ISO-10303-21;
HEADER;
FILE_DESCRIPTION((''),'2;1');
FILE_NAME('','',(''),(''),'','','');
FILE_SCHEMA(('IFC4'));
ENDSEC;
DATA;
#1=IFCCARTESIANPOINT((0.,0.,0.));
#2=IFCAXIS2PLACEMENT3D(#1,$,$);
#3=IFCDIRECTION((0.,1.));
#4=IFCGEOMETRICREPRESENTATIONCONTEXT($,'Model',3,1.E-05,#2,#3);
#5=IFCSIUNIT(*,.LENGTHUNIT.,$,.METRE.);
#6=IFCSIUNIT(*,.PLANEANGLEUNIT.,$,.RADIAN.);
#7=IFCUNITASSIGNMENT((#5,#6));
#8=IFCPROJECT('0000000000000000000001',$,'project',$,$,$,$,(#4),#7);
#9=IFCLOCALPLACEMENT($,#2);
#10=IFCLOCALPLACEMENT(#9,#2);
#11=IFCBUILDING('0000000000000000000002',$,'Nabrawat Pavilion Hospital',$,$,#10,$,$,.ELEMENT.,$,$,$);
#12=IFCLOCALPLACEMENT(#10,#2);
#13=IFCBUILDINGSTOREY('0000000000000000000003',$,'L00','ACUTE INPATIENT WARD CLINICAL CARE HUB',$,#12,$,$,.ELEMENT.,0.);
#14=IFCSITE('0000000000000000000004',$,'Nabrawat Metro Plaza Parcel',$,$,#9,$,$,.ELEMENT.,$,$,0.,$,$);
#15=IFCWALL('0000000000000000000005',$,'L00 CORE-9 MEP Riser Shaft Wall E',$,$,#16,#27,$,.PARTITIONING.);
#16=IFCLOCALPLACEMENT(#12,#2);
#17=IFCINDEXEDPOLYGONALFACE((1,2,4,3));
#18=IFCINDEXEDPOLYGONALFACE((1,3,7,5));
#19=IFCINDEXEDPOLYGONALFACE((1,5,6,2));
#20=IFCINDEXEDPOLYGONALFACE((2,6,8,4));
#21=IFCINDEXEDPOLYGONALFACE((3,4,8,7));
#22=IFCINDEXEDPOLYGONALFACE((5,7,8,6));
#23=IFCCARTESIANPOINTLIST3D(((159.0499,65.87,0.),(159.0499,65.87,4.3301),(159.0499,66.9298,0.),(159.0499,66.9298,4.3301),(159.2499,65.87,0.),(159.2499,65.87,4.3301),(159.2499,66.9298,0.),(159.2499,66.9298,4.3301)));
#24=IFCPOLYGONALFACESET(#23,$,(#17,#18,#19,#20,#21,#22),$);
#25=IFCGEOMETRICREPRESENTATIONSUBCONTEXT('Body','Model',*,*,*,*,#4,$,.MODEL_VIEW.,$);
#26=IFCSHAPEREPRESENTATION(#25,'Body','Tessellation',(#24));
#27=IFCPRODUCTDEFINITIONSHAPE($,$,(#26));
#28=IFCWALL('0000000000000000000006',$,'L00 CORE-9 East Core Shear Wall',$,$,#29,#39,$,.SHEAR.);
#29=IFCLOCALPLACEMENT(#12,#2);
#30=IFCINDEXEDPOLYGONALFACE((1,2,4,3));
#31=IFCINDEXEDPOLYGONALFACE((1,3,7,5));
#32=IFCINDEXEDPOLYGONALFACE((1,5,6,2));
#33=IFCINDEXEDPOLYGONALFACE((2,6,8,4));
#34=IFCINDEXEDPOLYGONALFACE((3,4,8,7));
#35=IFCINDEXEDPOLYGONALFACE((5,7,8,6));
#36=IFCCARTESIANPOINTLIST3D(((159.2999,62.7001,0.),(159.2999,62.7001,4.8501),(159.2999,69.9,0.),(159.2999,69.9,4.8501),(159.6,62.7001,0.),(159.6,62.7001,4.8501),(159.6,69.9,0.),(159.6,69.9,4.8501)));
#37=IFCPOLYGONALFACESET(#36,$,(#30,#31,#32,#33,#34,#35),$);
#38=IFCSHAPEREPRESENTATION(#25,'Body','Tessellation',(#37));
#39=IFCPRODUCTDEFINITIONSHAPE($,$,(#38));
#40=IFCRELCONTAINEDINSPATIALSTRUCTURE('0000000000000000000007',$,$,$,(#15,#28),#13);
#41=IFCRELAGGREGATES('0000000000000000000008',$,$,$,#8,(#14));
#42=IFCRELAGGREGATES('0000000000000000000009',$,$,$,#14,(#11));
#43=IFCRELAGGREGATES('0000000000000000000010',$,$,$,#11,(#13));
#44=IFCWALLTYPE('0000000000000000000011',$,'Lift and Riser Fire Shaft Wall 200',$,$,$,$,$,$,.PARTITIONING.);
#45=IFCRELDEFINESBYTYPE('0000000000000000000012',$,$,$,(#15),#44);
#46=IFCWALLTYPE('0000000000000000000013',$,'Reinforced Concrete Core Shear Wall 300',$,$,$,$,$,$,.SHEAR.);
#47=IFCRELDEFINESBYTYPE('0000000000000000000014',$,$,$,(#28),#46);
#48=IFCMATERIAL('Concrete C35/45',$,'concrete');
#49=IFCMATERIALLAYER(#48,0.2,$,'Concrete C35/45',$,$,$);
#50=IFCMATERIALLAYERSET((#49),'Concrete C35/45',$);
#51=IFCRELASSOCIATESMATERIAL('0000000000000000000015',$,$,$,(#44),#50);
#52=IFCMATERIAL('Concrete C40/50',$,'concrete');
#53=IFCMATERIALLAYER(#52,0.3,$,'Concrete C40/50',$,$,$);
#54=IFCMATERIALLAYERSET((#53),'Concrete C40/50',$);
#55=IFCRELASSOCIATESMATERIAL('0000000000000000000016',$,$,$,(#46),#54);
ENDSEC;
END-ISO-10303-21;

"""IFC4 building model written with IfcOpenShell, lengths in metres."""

from ifc_helpers import new_model, si_unit, direction, frame, frame_2d, origin, place, context, subcontext, project, spatial, rectangle, extrude, material, layer, layer_set, type_object, element, save


model = new_model("IFC4")

# Units and contexts
model_context = context("Model", 3, precision=1e-05, world=origin(), true_north=direction((0.0, 1.0)))
body_context = subcontext(model_context, "Body", "Model", "MODEL_VIEW")
ifc_project = project(units=[si_unit("LENGTHUNIT", "METRE"), si_unit("PLANEANGLEUNIT", "RADIAN")], contexts=[model_context])

# Site, building, storey
site_placement = place(None, origin())
site = spatial("IfcSite", under=ifc_project, at=site_placement, Name="Nabrawat Metro Plaza Parcel", CompositionType="ELEMENT", RefElevation=0.0)
building_placement = place(site_placement, origin())
building = spatial("IfcBuilding", under=site, at=building_placement, Name="Nabrawat Pavilion Hospital", CompositionType="ELEMENT")
storey_placement = place(building_placement, origin())
storey = spatial("IfcBuildingStorey", under=building, at=storey_placement, Name="L00", Description="ACUTE INPATIENT WARD CLINICAL CARE HUB", CompositionType="ELEMENT", Elevation=0.0)

# Shared definitions
ifc_material_1 = material(Name="Concrete C40/50", Category="concrete")

# Walls
ifc_material_2 = material(Name="Concrete C35/45", Category="concrete")
ifc_layer_1 = layer(ifc_material_2, 0.2, Name="Concrete C35/45")
ifc_layer_set_1 = layer_set([ifc_layer_1], Name="Concrete C35/45")
wall_type_1 = type_object("IfcWallType", Name="Lift and Riser Fire Shaft Wall 200", PredefinedType="PARTITIONING", material=ifc_layer_set_1)
for number, where, z_axis, x_axis, name in (
    (1, (159.1499, 65.8701, 0.0), (0.0, 0.0, 1.0), (0.0, 1.0, 0.0), "L00 CORE-9 MEP Riser Shaft Wall E"),
):
    element("IfcWall", number, at=place(storey_placement, frame(where, z_axis=z_axis, x_axis=x_axis)), inside=storey, type_object=wall_type_1, Name=name, PredefinedType="PARTITIONING", context=body_context, shape_type="SweptSolid", body=[
        extrude(rectangle(XDim=1.0598, YDim=0.2, at=frame_2d((0.5298, 0.0))), origin(), (0.0, 0.0, 1.0), 4.3301),
    ])
ifc_layer_2 = layer(ifc_material_1, 0.3, Name="Concrete C40/50")
ifc_layer_set_2 = layer_set([ifc_layer_2], Name="Concrete C40/50")
wall_type_2 = type_object("IfcWallType", Name="Reinforced Concrete Core Shear Wall 300", PredefinedType="SHEAR", material=ifc_layer_set_2)
wall_1_placement = place(storey_placement, frame((159.45, 62.7, 0.0), z_axis=(0.0, 0.0, 1.0), x_axis=(0.0, 1.0, 0.0)))
element("IfcWall", 2, at=wall_1_placement, inside=storey, type_object=wall_type_2, Name="L00 CORE-9 East Core Shear Wall", PredefinedType="SHEAR", context=body_context, shape_type="SweptSolid", body=[
    extrude(rectangle(XDim=7.2, YDim=0.3, at=frame_2d((3.6001, 0.0))), origin(), (0.0, 0.0, 1.0), 4.8501),
])

save(model, "model.ifc")
